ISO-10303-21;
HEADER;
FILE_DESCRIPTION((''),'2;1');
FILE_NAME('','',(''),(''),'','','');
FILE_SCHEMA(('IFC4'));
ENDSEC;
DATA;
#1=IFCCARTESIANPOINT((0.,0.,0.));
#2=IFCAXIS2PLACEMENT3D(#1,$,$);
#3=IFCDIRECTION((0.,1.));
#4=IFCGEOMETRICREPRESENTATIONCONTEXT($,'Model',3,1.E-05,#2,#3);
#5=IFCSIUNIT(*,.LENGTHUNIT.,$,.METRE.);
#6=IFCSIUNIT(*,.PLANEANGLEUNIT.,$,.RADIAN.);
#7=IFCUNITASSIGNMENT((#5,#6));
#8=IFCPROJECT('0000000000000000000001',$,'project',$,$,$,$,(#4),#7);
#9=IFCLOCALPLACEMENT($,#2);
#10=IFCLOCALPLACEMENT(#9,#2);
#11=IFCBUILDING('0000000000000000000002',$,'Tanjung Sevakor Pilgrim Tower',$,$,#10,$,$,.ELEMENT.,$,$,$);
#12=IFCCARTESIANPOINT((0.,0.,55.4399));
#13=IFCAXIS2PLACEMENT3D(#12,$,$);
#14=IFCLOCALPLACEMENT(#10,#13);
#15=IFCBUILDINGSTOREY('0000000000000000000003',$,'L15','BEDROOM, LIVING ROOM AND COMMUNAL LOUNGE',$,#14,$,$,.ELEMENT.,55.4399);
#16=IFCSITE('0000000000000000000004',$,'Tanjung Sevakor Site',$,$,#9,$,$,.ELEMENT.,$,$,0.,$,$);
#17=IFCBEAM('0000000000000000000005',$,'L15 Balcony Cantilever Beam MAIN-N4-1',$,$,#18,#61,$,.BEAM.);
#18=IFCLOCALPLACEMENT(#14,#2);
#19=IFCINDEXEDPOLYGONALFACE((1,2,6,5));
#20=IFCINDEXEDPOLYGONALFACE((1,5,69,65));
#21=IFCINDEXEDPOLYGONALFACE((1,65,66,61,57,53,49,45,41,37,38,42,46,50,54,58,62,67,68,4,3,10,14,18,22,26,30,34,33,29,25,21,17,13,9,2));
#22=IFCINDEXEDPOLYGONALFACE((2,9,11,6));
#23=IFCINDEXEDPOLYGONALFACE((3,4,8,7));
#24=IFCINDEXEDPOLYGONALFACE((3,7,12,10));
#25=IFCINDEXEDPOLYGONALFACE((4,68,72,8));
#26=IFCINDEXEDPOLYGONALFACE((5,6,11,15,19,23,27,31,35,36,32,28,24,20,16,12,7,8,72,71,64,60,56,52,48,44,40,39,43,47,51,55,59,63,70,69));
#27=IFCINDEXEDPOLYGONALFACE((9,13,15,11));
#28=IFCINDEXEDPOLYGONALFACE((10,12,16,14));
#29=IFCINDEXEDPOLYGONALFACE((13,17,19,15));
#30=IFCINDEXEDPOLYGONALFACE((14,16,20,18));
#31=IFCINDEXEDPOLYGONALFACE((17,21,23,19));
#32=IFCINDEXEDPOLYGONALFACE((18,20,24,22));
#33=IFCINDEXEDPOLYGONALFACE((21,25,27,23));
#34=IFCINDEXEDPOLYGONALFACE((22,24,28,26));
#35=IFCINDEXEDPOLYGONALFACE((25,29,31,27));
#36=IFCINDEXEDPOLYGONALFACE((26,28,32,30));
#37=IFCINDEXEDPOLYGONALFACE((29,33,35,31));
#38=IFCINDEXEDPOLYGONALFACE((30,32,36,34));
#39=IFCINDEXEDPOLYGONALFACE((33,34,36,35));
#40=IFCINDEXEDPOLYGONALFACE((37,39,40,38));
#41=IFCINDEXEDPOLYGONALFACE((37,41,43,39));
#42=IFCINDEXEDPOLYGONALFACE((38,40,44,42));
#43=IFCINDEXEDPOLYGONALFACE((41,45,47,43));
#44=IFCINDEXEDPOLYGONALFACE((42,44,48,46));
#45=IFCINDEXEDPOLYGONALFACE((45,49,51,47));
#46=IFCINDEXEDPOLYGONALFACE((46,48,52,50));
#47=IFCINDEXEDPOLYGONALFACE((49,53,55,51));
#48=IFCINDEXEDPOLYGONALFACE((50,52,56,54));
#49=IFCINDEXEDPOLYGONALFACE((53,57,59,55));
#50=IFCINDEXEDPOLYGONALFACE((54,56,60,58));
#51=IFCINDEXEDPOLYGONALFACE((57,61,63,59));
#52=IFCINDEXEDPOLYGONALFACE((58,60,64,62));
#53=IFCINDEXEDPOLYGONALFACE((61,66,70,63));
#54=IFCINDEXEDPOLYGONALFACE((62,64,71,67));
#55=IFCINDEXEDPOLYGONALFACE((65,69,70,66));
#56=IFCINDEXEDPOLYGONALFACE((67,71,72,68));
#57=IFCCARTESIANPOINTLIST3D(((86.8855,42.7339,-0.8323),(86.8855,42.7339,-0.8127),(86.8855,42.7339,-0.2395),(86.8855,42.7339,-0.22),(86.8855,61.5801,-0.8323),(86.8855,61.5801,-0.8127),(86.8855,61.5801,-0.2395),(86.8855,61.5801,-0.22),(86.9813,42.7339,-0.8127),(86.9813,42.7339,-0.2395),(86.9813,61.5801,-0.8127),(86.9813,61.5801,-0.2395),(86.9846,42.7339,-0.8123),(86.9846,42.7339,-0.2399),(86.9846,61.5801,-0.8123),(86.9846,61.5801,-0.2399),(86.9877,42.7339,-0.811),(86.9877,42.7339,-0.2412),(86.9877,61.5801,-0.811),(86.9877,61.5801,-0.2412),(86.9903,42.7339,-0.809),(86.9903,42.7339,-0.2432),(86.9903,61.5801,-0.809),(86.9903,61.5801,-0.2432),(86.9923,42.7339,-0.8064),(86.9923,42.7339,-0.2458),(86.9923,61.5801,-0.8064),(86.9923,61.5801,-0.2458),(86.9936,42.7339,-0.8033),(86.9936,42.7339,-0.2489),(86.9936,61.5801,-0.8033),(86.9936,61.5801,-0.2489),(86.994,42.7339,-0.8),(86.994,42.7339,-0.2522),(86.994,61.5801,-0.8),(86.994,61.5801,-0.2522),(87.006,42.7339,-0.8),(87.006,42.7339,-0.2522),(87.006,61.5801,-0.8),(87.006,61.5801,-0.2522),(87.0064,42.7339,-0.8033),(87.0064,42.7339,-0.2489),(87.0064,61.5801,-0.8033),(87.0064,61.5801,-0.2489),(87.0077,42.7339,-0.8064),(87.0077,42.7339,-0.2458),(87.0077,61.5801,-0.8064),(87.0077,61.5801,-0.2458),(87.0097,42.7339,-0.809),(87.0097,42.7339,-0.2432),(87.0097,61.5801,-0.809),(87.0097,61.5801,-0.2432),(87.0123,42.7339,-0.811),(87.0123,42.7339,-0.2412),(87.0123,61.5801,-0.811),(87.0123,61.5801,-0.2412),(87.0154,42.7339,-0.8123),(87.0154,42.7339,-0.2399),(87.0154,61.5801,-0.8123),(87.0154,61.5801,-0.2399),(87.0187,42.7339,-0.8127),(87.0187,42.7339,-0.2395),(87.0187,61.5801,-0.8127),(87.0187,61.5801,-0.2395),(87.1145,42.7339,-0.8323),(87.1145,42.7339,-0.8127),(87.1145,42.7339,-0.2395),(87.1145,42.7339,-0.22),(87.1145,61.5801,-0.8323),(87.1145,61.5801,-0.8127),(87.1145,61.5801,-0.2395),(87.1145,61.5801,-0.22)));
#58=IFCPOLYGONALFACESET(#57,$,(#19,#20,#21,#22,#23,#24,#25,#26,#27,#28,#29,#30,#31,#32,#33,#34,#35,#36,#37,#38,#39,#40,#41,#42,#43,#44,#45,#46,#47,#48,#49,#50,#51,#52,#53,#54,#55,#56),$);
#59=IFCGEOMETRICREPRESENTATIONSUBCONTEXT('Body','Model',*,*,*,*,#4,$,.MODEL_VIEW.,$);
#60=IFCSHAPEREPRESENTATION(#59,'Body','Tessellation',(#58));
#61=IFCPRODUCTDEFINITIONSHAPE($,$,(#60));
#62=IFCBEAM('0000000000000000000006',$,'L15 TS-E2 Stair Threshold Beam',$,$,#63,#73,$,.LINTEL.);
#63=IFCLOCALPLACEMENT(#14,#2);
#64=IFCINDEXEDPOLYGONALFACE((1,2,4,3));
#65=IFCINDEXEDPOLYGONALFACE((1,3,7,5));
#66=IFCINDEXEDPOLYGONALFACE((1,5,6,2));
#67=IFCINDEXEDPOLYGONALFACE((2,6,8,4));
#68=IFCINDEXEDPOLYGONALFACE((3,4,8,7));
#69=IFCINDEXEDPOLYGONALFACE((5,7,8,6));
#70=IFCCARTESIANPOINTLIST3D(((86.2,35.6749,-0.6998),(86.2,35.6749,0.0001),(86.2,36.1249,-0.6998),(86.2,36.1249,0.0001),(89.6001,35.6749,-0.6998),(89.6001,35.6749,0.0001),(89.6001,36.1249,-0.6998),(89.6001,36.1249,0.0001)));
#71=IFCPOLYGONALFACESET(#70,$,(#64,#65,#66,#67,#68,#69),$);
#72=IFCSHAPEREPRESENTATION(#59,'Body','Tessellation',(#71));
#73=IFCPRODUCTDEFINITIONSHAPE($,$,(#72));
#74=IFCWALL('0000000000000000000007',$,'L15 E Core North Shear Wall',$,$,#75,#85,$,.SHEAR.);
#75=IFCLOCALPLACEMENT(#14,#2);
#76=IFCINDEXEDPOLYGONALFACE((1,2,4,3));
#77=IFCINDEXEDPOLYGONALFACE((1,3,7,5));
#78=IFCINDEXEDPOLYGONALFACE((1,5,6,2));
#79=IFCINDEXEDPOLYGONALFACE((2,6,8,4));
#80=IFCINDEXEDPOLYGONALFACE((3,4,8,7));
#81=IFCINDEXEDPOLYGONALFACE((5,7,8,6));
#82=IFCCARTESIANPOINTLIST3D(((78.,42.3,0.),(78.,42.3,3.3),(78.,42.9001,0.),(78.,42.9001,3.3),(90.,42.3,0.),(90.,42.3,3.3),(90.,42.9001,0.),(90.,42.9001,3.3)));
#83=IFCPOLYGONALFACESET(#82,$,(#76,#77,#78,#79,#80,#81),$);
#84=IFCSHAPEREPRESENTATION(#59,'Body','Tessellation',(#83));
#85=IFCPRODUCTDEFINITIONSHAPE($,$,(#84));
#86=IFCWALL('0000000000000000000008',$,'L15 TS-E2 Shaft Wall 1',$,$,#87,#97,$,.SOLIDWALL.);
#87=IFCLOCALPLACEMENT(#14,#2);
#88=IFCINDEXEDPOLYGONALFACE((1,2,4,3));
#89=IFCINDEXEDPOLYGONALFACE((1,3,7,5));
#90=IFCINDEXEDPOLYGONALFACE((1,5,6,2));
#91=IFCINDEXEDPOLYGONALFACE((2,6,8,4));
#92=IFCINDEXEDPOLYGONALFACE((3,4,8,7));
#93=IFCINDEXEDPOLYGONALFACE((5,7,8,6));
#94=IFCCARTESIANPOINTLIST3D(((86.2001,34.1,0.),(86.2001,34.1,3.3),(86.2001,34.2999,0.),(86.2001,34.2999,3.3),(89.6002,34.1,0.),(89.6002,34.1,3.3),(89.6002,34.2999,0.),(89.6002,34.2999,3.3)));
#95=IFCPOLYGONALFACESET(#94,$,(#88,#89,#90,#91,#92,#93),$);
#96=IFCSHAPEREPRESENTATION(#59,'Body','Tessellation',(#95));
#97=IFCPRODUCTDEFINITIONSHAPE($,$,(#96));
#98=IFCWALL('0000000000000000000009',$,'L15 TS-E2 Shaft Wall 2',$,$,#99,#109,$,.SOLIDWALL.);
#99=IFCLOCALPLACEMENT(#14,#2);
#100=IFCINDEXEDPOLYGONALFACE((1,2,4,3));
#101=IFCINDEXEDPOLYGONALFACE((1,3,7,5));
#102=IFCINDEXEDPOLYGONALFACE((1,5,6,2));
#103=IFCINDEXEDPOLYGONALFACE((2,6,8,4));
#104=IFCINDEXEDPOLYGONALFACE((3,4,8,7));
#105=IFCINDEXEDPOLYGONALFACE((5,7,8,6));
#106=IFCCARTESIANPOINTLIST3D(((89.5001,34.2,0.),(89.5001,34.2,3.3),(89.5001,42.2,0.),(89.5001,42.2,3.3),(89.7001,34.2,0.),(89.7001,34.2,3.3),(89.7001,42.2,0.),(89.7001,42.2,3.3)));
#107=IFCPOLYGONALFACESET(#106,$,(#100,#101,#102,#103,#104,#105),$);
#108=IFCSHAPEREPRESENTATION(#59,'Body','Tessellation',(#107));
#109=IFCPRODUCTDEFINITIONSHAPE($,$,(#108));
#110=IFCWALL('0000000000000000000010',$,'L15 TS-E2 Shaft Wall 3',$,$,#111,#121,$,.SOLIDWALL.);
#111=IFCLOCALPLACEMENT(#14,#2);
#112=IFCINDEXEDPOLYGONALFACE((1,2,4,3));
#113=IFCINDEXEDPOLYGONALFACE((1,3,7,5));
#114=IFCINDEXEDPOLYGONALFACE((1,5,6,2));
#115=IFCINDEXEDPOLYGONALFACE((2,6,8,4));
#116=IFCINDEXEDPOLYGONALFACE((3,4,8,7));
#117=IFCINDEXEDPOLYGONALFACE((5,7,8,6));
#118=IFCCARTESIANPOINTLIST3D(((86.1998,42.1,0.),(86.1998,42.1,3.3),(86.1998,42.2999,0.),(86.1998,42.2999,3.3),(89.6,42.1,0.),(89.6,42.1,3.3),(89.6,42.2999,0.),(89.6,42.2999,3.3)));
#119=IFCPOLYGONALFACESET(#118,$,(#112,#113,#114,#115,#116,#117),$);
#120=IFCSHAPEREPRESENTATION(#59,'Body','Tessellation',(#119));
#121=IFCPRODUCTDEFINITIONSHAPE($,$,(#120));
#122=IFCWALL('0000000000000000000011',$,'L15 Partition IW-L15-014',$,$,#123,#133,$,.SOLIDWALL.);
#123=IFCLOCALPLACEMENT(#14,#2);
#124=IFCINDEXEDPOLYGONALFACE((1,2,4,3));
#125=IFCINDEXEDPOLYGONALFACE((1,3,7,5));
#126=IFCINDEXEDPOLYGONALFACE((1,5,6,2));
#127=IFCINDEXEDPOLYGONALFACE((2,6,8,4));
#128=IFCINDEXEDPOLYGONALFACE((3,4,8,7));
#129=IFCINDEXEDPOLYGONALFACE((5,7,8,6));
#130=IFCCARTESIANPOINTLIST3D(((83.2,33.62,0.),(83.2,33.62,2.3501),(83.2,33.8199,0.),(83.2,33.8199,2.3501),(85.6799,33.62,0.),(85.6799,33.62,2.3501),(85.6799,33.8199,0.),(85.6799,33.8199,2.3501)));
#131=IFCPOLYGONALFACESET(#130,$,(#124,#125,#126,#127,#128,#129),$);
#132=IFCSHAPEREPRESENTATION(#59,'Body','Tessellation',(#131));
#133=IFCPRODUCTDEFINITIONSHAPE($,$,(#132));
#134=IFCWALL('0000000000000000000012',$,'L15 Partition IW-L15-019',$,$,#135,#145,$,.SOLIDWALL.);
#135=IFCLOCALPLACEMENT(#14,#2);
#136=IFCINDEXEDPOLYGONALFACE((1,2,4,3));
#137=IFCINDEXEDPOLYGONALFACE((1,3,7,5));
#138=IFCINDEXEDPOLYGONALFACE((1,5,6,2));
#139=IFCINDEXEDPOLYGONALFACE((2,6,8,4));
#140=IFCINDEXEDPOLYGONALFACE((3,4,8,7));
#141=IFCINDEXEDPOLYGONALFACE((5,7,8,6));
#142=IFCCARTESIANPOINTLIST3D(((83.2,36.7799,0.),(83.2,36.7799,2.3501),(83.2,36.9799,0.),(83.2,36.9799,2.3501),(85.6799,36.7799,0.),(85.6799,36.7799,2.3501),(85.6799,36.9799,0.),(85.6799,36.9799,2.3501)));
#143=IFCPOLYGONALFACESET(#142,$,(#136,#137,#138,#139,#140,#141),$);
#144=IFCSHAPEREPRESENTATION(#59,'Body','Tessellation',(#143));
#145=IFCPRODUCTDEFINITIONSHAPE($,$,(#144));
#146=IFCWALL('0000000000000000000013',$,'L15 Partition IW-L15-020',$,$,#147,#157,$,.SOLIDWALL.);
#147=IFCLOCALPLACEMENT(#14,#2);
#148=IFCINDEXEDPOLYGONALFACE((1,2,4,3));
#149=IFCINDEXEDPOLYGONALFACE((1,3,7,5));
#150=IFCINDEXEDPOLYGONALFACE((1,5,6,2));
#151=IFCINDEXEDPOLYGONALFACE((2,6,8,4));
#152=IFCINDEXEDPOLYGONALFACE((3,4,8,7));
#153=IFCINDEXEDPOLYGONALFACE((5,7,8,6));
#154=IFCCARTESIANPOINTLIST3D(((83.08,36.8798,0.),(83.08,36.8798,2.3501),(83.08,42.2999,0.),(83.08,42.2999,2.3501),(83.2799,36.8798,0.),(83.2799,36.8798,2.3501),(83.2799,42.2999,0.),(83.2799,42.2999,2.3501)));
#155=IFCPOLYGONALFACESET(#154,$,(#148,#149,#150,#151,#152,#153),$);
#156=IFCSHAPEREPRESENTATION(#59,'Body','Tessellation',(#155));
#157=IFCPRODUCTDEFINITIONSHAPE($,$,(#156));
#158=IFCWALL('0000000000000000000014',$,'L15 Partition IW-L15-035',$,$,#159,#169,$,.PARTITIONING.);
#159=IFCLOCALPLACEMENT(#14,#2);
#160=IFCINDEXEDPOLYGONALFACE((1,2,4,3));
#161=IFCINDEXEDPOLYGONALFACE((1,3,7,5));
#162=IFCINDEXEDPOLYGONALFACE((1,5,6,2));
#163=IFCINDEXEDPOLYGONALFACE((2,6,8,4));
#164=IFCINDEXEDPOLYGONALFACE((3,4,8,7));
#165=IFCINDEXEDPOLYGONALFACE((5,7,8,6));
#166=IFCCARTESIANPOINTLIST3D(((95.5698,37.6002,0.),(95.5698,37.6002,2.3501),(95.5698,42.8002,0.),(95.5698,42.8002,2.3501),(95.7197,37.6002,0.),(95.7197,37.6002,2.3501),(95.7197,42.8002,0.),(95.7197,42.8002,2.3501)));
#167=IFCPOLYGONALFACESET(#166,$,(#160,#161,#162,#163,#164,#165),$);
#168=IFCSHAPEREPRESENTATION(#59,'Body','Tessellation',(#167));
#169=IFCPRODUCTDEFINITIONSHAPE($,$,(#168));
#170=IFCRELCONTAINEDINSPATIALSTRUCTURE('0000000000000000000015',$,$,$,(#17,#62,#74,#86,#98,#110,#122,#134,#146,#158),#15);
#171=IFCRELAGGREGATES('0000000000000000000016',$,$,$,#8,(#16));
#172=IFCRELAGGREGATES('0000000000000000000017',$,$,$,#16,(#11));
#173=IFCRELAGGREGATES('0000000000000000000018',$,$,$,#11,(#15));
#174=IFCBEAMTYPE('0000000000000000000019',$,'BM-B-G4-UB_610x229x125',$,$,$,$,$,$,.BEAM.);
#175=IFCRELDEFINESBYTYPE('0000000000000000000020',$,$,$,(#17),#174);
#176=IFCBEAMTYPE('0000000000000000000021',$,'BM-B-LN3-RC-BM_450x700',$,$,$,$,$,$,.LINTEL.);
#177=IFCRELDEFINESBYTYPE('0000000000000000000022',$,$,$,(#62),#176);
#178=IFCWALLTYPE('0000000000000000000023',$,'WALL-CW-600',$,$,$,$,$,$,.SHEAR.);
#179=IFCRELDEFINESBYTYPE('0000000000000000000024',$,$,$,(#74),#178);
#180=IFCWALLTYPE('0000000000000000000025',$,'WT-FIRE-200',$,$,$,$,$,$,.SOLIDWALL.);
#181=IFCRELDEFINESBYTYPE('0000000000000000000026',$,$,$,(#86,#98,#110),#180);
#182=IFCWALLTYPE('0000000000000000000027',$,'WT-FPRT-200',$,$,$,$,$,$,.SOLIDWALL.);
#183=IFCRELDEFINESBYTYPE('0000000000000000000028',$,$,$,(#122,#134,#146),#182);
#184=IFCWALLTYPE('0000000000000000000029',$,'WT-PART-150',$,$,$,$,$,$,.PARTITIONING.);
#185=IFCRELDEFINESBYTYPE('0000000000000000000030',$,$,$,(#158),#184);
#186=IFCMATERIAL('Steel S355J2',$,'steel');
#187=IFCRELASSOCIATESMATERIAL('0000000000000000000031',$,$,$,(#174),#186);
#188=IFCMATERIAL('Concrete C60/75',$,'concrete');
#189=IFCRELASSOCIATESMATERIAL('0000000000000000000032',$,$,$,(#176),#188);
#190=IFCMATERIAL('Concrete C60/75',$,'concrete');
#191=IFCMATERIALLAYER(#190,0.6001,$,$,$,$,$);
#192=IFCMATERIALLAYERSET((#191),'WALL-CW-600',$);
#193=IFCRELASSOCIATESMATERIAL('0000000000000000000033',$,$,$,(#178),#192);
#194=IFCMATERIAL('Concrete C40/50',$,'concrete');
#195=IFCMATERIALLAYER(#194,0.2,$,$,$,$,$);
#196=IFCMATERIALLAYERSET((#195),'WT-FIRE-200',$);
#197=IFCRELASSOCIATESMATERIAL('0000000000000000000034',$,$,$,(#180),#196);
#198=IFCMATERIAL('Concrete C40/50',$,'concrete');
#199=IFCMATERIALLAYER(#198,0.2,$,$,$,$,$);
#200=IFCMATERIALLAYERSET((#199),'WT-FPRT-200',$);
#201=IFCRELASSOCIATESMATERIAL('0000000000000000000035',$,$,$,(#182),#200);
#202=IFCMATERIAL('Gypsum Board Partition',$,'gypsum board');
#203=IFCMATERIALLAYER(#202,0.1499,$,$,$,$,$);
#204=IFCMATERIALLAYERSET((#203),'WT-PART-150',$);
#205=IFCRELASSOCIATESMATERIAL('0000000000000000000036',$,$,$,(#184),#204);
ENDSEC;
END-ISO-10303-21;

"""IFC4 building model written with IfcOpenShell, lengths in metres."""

from ifc_helpers import new_model, si_unit, direction, frame, frame_2d, origin, origin_2d, place, context, subcontext, project, spatial, rectangle, i_section, extrude, material, layer, layer_set, material_profile, profile_set, type_object, element, save


model = new_model("IFC4")

# Units and contexts
model_context = context("Model", 3, precision=1e-05, world=origin(), true_north=direction((0.0, 1.0)))
body_context = subcontext(model_context, "Body", "Model", "MODEL_VIEW")
ifc_project = project(units=[si_unit("LENGTHUNIT", "METRE"), si_unit("PLANEANGLEUNIT", "RADIAN")], contexts=[model_context])

# Site, building, storey
site_placement = place(None, origin())
site = spatial("IfcSite", under=ifc_project, at=site_placement, Name="Tanjung Sevakor Site", CompositionType="ELEMENT", RefElevation=0.0)
building_placement = place(site_placement, origin())
building = spatial("IfcBuilding", under=site, at=building_placement, Name="Tanjung Sevakor Pilgrim Tower", CompositionType="ELEMENT")
storey_placement = place(building_placement, frame((0.0, 0.0, 55.4399)))
storey = spatial("IfcBuildingStorey", under=building, at=storey_placement, Name="L15", Description="BEDROOM, LIVING ROOM AND COMMUNAL LOUNGE", CompositionType="ELEMENT", Elevation=55.4399)

# Beams
ifc_material_1 = material(Name="Steel S355J2", Category="steel")
ifc_material_profile_1 = material_profile(ifc_material_1, i_section(OverallWidth=0.229, OverallDepth=0.6123, WebThickness=0.012, FlangeThickness=0.0195, FilletRadius=0.0127, at=origin_2d()))
ifc_profile_set_1 = profile_set([ifc_material_profile_1], Name="Steel S355J2")
beam_type_1 = type_object("IfcBeamType", Name="BM-B-G4-UB_610x229x125", PredefinedType="BEAM", material=ifc_profile_set_1)
beam_1_placement = place(storey_placement, frame((87.0, 42.7339, -0.5261), z_axis=(0.0, 1.0, 0.0), x_axis=(-1.0, 0.0, 0.0)))
element("IfcBeam", 1, at=beam_1_placement, inside=storey, type_object=beam_type_1, Name="L15 Balcony Cantilever Beam MAIN-N4-1", PredefinedType="BEAM", context=body_context, shape_type="SweptSolid", body=[
    extrude(i_section(OverallWidth=0.229, OverallDepth=0.6123, WebThickness=0.012, FlangeThickness=0.0195, FilletRadius=0.0127, at=origin_2d()), origin(), (0.0, 0.0, 1.0), 18.8462),
])
ifc_material_2 = material(Name="Concrete C60/75", Category="concrete")
ifc_material_profile_2 = material_profile(ifc_material_2, rectangle(XDim=0.45, YDim=0.7, at=origin_2d()))
ifc_profile_set_2 = profile_set([ifc_material_profile_2], Name="Concrete C60/75")
beam_type_2 = type_object("IfcBeamType", Name="BM-B-LN3-RC-BM_450x700", PredefinedType="LINTEL", material=ifc_profile_set_2)
beam_2_placement = place(storey_placement, frame((86.2, 35.8999, -0.3499), z_axis=(1.0, 0.0, 0.0), x_axis=(0.0, 1.0, 0.0)))
element("IfcBeam", 2, at=beam_2_placement, inside=storey, type_object=beam_type_2, Name="L15 TS-E2 Stair Threshold Beam", PredefinedType="LINTEL", context=body_context, shape_type="SweptSolid", body=[
    extrude(rectangle(XDim=0.45, YDim=0.7, at=origin_2d()), origin(), (0.0, 0.0, 1.0), 3.4001),
])

# Walls
ifc_material_3 = material(Name="Concrete C60/75", Category="concrete")
ifc_layer_1 = layer(ifc_material_3, 0.6001)
ifc_layer_set_1 = layer_set([ifc_layer_1], Name="WALL-CW-600")
wall_type_1 = type_object("IfcWallType", Name="WALL-CW-600", PredefinedType="SHEAR", material=ifc_layer_set_1)
wall_1_placement = place(storey_placement, frame((90.0, 42.6001, 0.0), z_axis=(0.0, 0.0, 1.0), x_axis=(-1.0, 0.0, 0.0)))
element("IfcWall", 3, at=wall_1_placement, inside=storey, type_object=wall_type_1, Name="L15 E Core North Shear Wall", PredefinedType="SHEAR", context=body_context, shape_type="SweptSolid", body=[
    extrude(rectangle(XDim=12.0, YDim=0.6001, at=frame_2d((6.0, 0.0))), origin(), (0.0, 0.0, 1.0), 3.3),
])
ifc_material_4 = material(Name="Concrete C40/50", Category="concrete")
ifc_layer_2 = layer(ifc_material_4, 0.2)
ifc_layer_set_2 = layer_set([ifc_layer_2], Name="WT-FIRE-200")
wall_type_2 = type_object("IfcWallType", Name="WT-FIRE-200", PredefinedType="SOLIDWALL", material=ifc_layer_set_2)
wall_2_placement = place(storey_placement, frame((86.2, 34.2, 0.0), z_axis=(0.0, 0.0, 1.0), x_axis=(1.0, 0.0, 0.0)))
element("IfcWall", 4, at=wall_2_placement, inside=storey, type_object=wall_type_2, Name="L15 TS-E2 Shaft Wall 1", PredefinedType="SOLIDWALL", context=body_context, shape_type="SweptSolid", body=[
    extrude(rectangle(XDim=3.4001, YDim=0.2, at=frame_2d((1.7002, 0.0))), origin(), (0.0, 0.0, 1.0), 3.3),
])
wall_3_placement = place(storey_placement, frame((89.6001, 34.2, 0.0), z_axis=(0.0, 0.0, 1.0), x_axis=(0.0, 1.0, 0.0)))
element("IfcWall", 5, at=wall_3_placement, inside=storey, type_object=wall_type_2, Name="L15 TS-E2 Shaft Wall 2", PredefinedType="SOLIDWALL", context=body_context, shape_type="SweptSolid", body=[
    extrude(rectangle(XDim=8.0, YDim=0.2, at=frame_2d((4.0, 0.0))), origin(), (0.0, 0.0, 1.0), 3.3),
])
wall_4_placement = place(storey_placement, frame((89.6001, 42.2, 0.0), z_axis=(0.0, 0.0, 1.0), x_axis=(-1.0, 0.0, 0.0)))
element("IfcWall", 6, at=wall_4_placement, inside=storey, type_object=wall_type_2, Name="L15 TS-E2 Shaft Wall 3", PredefinedType="SOLIDWALL", context=body_context, shape_type="SweptSolid", body=[
    extrude(rectangle(XDim=3.4001, YDim=0.2, at=frame_2d((1.7002, 0.0))), origin(), (0.0, 0.0, 1.0), 3.3),
])
ifc_material_5 = material(Name="Concrete C40/50", Category="concrete")
ifc_layer_3 = layer(ifc_material_5, 0.2)
ifc_layer_set_3 = layer_set([ifc_layer_3], Name="WT-FPRT-200")
wall_type_3 = type_object("IfcWallType", Name="WT-FPRT-200", PredefinedType="SOLIDWALL", material=ifc_layer_set_3)
for number, where, z_axis, x_axis, name in (
    (7, (83.2, 33.72, 0.0), (0.0, 0.0, 1.0), (1.0, 0.0, 0.0), "L15 Partition IW-L15-014"),
    (8, (83.2, 36.8799, 0.0), (0.0, 0.0, 1.0), (1.0, 0.0, 0.0), "L15 Partition IW-L15-019"),
):
    element("IfcWall", number, at=place(storey_placement, frame(where, z_axis=z_axis, x_axis=x_axis)), inside=storey, type_object=wall_type_3, Name=name, PredefinedType="SOLIDWALL", context=body_context, shape_type="SweptSolid", body=[
        extrude(rectangle(XDim=2.48, YDim=0.2, at=frame_2d((1.24, 0.0))), origin(), (0.0, 0.0, 1.0), 2.3501),
    ])
wall_5_placement = place(storey_placement, frame((83.1799, 36.8799, 0.0), z_axis=(0.0, 0.0, 1.0), x_axis=(0.0, 1.0, 0.0)))
element("IfcWall", 9, at=wall_5_placement, inside=storey, type_object=wall_type_3, Name="L15 Partition IW-L15-020", PredefinedType="SOLIDWALL", context=body_context, shape_type="SweptSolid", body=[
    extrude(rectangle(XDim=5.4202, YDim=0.2, at=frame_2d((2.71, 0.0))), origin(), (0.0, 0.0, 1.0), 2.3501),
])
ifc_material_6 = material(Name="Gypsum Board Partition", Category="gypsum board")
ifc_layer_4 = layer(ifc_material_6, 0.1499)
ifc_layer_set_4 = layer_set([ifc_layer_4], Name="WT-PART-150")
wall_type_4 = type_object("IfcWallType", Name="WT-PART-150", PredefinedType="PARTITIONING", material=ifc_layer_set_4)
wall_6_placement = place(storey_placement, frame((95.6448, 37.6001, 0.0), z_axis=(0.0, 0.0, 1.0), x_axis=(0.0, 1.0, 0.0)))
element("IfcWall", 10, at=wall_6_placement, inside=storey, type_object=wall_type_4, Name="L15 Partition IW-L15-035", PredefinedType="PARTITIONING", context=body_context, shape_type="SweptSolid", body=[
    extrude(rectangle(XDim=5.2, YDim=0.1499, at=frame_2d((2.6001, 0.0))), origin(), (0.0, 0.0, 1.0), 2.3501),
])

save(model, "model.ifc")
